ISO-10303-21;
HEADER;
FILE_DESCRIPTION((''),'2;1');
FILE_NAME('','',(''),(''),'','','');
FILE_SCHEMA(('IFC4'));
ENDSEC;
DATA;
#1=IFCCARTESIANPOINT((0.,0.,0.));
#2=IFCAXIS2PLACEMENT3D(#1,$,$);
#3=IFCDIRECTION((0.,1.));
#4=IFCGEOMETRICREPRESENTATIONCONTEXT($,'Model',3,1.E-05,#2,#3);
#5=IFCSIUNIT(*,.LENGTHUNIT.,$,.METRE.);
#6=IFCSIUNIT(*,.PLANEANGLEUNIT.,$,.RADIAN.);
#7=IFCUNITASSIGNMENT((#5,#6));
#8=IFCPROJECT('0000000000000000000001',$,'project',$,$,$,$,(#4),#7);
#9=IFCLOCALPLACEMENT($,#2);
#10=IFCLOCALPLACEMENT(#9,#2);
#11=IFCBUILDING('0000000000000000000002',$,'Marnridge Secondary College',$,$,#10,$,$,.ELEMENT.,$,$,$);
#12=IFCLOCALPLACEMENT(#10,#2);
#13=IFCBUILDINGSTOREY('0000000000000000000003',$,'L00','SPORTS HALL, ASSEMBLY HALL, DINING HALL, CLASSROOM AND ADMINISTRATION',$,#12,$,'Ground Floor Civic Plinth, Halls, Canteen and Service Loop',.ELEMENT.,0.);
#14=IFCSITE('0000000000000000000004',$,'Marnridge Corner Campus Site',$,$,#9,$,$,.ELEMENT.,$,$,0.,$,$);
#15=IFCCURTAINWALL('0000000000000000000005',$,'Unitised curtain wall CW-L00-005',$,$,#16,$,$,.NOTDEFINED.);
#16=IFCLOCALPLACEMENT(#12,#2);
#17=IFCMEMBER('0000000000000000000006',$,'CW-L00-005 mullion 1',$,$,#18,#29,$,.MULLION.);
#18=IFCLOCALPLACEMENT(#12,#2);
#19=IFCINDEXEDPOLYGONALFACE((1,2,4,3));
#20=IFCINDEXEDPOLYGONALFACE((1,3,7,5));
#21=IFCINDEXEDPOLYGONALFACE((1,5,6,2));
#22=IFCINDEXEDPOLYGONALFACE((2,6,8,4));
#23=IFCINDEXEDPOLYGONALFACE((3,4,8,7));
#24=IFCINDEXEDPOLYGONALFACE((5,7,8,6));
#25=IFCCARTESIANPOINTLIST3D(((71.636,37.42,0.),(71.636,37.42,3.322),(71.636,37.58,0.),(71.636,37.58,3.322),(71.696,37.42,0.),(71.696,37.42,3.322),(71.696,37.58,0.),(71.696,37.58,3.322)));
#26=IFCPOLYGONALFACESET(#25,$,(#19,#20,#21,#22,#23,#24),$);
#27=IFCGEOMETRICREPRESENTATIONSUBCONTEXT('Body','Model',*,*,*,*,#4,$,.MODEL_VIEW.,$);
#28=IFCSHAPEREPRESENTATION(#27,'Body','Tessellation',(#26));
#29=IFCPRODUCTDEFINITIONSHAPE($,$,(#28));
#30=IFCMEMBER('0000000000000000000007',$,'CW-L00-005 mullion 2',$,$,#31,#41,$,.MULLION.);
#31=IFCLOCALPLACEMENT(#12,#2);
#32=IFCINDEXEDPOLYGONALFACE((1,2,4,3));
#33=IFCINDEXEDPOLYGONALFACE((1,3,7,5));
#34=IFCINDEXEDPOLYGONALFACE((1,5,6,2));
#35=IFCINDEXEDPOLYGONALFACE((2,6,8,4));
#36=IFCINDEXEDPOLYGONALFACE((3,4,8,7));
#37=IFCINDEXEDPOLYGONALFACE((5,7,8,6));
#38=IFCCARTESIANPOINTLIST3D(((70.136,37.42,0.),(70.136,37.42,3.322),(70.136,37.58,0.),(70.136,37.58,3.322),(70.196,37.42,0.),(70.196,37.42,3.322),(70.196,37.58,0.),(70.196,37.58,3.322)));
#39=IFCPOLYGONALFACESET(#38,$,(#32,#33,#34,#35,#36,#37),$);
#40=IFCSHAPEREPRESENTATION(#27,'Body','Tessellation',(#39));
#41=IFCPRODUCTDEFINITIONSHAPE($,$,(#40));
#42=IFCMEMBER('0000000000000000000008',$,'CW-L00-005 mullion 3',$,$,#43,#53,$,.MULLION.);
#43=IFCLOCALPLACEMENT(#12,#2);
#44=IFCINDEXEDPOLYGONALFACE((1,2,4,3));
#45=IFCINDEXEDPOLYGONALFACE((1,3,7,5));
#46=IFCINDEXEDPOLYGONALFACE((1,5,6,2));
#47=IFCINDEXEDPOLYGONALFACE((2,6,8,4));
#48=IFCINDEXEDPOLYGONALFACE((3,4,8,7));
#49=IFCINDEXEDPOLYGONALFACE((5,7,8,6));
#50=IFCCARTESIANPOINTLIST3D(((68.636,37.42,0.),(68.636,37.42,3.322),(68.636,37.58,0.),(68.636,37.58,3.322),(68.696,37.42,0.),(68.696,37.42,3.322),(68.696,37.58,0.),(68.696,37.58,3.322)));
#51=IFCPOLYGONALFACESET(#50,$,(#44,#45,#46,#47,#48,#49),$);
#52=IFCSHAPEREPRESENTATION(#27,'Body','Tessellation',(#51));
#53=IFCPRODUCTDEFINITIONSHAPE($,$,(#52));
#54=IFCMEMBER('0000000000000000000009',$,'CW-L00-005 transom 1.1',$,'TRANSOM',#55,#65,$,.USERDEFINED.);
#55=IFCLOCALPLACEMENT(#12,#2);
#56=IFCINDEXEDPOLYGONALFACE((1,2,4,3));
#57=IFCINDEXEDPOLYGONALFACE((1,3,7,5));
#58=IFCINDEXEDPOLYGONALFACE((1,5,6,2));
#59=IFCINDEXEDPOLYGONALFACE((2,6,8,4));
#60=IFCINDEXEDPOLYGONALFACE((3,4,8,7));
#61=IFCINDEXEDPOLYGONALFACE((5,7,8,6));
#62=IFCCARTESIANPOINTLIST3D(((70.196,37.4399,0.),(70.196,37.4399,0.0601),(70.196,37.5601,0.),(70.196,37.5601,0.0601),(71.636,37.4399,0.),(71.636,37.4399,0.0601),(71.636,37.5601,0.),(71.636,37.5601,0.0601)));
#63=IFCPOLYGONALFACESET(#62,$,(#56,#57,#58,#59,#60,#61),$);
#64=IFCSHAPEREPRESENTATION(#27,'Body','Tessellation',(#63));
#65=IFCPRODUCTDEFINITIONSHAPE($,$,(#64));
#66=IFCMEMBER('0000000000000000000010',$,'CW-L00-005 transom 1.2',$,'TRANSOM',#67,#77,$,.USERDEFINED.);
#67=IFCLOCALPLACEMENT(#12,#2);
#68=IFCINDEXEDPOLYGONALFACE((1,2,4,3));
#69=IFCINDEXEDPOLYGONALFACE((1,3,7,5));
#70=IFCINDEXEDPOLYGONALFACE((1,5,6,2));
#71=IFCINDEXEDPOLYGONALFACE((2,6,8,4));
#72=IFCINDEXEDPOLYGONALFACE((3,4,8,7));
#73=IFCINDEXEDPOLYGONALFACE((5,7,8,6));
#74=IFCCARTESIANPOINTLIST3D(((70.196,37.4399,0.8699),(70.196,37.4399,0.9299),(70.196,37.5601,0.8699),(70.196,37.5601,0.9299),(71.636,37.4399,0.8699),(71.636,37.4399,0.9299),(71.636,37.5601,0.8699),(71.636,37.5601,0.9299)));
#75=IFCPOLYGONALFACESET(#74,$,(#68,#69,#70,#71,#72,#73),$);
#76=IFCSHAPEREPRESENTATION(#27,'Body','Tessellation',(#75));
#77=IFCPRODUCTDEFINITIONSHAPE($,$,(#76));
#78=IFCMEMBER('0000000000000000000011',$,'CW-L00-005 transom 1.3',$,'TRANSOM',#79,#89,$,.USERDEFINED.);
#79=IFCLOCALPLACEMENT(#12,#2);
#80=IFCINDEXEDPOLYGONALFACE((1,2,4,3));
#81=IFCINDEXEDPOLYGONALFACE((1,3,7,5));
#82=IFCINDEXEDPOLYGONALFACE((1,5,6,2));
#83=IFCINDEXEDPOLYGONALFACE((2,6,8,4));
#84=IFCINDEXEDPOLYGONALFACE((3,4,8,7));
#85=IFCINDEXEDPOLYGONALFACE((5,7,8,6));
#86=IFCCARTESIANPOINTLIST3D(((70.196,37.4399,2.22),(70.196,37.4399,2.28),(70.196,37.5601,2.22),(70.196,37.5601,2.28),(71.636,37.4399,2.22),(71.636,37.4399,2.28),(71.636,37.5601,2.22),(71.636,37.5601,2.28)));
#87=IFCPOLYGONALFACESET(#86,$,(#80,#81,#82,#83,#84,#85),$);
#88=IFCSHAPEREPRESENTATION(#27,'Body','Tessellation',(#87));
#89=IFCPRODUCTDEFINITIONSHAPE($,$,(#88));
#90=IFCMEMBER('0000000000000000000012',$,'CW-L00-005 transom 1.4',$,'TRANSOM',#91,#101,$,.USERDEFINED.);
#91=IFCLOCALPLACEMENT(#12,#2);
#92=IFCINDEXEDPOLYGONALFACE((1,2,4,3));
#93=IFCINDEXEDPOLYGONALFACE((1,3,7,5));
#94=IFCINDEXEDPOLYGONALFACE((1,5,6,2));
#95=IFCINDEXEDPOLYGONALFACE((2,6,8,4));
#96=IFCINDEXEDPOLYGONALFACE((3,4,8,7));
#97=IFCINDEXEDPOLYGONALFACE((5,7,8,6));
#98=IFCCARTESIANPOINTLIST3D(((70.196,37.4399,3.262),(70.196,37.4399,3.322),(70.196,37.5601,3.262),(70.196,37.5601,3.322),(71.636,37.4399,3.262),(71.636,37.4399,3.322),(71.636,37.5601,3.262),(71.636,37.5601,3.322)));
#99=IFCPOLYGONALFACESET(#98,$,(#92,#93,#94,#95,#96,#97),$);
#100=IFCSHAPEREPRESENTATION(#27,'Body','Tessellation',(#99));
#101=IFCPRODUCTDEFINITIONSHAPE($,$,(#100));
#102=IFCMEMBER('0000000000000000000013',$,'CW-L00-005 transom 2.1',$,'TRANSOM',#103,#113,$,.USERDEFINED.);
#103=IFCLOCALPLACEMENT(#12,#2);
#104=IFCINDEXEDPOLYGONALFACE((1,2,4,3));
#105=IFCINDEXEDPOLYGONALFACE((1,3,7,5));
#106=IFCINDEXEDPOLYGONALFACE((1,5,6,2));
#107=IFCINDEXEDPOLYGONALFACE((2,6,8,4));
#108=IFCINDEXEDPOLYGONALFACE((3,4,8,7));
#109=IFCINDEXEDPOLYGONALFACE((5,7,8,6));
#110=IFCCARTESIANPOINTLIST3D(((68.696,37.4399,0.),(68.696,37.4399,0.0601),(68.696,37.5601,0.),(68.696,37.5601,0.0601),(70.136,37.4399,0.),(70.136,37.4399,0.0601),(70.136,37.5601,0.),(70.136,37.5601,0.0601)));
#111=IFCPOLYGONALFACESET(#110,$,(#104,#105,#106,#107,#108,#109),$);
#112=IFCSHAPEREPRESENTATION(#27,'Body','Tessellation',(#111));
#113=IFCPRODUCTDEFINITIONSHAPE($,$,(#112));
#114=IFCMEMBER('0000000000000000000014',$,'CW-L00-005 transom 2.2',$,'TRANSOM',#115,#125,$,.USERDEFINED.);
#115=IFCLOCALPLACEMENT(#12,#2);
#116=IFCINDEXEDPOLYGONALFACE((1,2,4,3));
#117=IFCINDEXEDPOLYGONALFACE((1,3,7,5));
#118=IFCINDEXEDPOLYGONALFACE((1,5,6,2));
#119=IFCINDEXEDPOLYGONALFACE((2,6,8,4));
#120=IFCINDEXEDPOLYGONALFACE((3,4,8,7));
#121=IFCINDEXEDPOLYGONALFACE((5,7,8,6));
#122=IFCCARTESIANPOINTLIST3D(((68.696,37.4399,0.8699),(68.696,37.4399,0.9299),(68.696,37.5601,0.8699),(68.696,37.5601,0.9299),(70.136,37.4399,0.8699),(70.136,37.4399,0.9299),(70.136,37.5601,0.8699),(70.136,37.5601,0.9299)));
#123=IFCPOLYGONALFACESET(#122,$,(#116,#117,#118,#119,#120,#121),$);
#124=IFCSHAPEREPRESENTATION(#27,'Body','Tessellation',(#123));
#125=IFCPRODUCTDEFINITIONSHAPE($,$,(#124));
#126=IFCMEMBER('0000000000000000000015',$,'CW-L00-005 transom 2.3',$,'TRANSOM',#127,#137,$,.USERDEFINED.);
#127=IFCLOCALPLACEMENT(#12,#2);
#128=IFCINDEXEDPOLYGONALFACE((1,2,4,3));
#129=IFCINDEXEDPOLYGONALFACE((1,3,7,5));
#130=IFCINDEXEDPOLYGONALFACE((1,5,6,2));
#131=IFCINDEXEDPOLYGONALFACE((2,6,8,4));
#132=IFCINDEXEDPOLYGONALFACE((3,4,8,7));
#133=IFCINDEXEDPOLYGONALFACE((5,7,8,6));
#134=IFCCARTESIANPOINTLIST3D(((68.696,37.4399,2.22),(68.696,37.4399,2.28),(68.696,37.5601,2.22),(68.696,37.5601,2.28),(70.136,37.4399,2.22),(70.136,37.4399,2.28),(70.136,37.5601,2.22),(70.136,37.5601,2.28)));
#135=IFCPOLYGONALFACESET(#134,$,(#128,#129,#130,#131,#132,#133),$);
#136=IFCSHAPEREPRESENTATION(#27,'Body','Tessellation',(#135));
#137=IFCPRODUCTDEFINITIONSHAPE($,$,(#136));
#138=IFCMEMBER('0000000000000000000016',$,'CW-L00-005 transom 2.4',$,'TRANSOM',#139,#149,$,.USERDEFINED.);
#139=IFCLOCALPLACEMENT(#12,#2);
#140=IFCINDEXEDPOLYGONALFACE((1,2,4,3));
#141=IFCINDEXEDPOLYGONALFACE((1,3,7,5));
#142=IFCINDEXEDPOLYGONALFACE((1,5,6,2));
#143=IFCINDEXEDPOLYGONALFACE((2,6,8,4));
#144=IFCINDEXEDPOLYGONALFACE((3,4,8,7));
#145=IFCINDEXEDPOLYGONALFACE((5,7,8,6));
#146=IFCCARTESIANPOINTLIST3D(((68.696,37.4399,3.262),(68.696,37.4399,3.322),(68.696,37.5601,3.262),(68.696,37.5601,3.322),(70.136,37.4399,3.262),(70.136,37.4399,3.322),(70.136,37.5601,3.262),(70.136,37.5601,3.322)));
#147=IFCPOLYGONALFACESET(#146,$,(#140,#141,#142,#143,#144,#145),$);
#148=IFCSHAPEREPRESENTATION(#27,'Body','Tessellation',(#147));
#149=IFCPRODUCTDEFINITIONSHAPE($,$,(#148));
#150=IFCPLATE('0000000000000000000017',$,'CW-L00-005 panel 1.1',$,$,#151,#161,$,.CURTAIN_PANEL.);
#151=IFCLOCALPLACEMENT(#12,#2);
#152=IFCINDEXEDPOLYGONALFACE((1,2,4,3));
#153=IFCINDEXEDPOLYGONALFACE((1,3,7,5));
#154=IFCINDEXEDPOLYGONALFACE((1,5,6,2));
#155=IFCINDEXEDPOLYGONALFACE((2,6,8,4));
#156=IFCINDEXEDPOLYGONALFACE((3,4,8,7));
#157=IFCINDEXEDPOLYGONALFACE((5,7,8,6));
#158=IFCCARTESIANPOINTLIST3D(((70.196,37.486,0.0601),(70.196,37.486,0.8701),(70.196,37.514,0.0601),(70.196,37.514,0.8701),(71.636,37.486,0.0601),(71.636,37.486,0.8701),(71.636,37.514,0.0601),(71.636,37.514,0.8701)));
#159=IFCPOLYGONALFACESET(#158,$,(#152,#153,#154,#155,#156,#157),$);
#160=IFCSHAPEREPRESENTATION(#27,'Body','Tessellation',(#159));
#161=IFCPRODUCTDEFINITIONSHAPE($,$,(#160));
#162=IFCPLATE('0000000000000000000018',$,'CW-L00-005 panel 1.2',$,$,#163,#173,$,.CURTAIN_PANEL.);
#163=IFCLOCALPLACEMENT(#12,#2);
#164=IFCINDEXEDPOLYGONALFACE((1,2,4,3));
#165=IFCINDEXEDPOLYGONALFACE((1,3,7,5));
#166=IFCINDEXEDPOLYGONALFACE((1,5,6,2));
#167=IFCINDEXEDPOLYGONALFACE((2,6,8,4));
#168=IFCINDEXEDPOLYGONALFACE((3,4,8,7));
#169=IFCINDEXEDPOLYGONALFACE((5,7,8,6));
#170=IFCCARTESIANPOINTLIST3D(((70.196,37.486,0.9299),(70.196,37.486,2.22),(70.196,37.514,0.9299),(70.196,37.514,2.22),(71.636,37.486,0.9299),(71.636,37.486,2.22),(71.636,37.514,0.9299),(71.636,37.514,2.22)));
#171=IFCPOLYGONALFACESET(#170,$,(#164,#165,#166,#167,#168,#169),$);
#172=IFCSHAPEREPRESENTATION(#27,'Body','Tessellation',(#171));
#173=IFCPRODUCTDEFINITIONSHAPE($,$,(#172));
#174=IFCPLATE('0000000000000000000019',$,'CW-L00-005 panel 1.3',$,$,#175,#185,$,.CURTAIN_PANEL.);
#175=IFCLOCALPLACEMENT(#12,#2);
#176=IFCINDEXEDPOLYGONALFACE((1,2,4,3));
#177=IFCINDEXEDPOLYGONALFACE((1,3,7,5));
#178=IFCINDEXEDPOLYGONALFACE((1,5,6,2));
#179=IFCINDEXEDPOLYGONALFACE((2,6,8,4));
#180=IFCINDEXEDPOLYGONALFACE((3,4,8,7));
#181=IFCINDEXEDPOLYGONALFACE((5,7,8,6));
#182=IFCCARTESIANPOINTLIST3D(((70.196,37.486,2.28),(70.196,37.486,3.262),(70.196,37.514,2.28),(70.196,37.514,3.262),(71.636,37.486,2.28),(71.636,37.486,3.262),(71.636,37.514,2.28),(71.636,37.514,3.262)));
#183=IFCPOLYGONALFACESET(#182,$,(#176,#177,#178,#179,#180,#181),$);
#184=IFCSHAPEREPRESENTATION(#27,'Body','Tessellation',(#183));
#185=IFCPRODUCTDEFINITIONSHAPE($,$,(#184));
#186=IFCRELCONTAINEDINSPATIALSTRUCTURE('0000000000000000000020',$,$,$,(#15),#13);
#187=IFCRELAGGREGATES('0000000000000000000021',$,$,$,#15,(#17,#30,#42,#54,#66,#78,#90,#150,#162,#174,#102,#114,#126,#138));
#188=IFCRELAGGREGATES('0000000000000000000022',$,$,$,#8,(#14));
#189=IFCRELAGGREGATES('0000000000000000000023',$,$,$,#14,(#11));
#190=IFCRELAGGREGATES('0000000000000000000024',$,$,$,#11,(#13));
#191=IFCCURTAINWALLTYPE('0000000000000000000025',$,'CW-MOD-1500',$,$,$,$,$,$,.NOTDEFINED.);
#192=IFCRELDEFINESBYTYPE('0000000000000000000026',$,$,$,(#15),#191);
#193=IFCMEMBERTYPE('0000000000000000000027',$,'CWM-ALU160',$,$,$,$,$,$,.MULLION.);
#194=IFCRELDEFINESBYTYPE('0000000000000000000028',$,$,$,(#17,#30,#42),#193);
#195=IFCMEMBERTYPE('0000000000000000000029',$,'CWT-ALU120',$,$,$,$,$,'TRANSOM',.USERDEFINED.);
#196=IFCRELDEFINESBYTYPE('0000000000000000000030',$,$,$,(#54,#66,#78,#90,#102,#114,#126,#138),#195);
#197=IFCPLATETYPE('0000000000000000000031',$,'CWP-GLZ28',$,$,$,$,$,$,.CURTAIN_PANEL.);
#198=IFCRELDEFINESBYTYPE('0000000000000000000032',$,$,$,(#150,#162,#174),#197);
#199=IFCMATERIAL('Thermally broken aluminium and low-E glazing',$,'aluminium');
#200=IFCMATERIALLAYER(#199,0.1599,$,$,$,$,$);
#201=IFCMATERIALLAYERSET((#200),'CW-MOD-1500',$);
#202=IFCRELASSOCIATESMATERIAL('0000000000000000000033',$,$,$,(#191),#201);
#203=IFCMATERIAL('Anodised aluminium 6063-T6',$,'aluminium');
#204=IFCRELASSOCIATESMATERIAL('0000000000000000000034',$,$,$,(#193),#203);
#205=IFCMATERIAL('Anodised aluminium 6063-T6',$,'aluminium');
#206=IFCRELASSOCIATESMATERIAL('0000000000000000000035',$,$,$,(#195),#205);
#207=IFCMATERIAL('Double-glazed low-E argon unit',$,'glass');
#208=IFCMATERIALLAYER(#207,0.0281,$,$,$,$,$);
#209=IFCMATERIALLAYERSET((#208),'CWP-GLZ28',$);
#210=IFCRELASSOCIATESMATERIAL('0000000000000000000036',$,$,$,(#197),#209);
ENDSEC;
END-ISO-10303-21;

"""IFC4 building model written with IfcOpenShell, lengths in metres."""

from ifc_helpers import new_model, si_unit, direction, frame, origin, origin_2d, place, context, subcontext, project, spatial, rectangle, extrude, material, layer, layer_set, material_profile, profile_set, type_object, element, aggregate, save


model = new_model("IFC4")

# Units and contexts
model_context = context("Model", 3, precision=1e-05, world=origin(), true_north=direction((0.0, 1.0)))
body_context = subcontext(model_context, "Body", "Model", "MODEL_VIEW")
ifc_project = project(units=[si_unit("LENGTHUNIT", "METRE"), si_unit("PLANEANGLEUNIT", "RADIAN")], contexts=[model_context])

# Site, building, storey
site_placement = place(None, origin())
site = spatial("IfcSite", under=ifc_project, at=site_placement, Name="Marnridge Corner Campus Site", CompositionType="ELEMENT", RefElevation=0.0)
building_placement = place(site_placement, origin())
building = spatial("IfcBuilding", under=site, at=building_placement, Name="Marnridge Secondary College", CompositionType="ELEMENT")
storey_placement = place(building_placement, origin())
storey = spatial("IfcBuildingStorey", under=building, at=storey_placement, Name="L00", Description="SPORTS HALL, ASSEMBLY HALL, DINING HALL, CLASSROOM AND ADMINISTRATION", LongName="Ground Floor Civic Plinth, Halls, Canteen and Service Loop", CompositionType="ELEMENT", Elevation=0.0)

# Curtain wall, members, plates
ifc_material_1 = material(Name="Thermally broken aluminium and low-E glazing", Category="aluminium")
ifc_layer_1 = layer(ifc_material_1, 0.1599)
ifc_layer_set_1 = layer_set([ifc_layer_1], Name="CW-MOD-1500")
curtain_wall_type = type_object("IfcCurtainWallType", Name="CW-MOD-1500", PredefinedType="NOTDEFINED", material=ifc_layer_set_1)
curtain_wall_placement = place(storey_placement, origin())
curtain_wall = element("IfcCurtainWall", 1, at=curtain_wall_placement, inside=storey, type_object=curtain_wall_type, Name="Unitised curtain wall CW-L00-005", PredefinedType="NOTDEFINED")
ifc_material_2 = material(Name="Anodised aluminium 6063-T6", Category="aluminium")
ifc_material_profile_1 = material_profile(ifc_material_2, rectangle(XDim=0.0601, YDim=0.1599, at=origin_2d()), Name="ALU 60x160")
ifc_profile_set_1 = profile_set([ifc_material_profile_1], Name="Anodised aluminium 6063-T6")
member_type_1 = type_object("IfcMemberType", Name="CWM-ALU160", PredefinedType="MULLION", material=ifc_profile_set_1)
member_1_placement = place(storey_placement, frame((71.666, 37.5, 0.0), z_axis=(0.0, 0.0, 1.0), x_axis=(-1.0, 0.0, 0.0)))
member_1 = element("IfcMember", 2, at=member_1_placement, type_object=member_type_1, Name="CW-L00-005 mullion 1", PredefinedType="MULLION", context=body_context, shape_type="SweptSolid", body=[
    extrude(rectangle(XDim=0.0601, YDim=0.1599, at=origin_2d()), origin(), (0.0, 0.0, 1.0), 3.322),
])
member_2_placement = place(storey_placement, frame((70.166, 37.5, 0.0), z_axis=(0.0, 0.0, 1.0), x_axis=(-1.0, 0.0, 0.0)))
member_2 = element("IfcMember", 3, at=member_2_placement, type_object=member_type_1, Name="CW-L00-005 mullion 2", PredefinedType="MULLION", context=body_context, shape_type="SweptSolid", body=[
    extrude(rectangle(XDim=0.0601, YDim=0.1599, at=origin_2d()), origin(), (0.0, 0.0, 1.0), 3.322),
])
member_3_placement = place(storey_placement, frame((68.666, 37.5, 0.0), z_axis=(0.0, 0.0, 1.0), x_axis=(-1.0, 0.0, 0.0)))
member_3 = element("IfcMember", 4, at=member_3_placement, type_object=member_type_1, Name="CW-L00-005 mullion 3", PredefinedType="MULLION", context=body_context, shape_type="SweptSolid", body=[
    extrude(rectangle(XDim=0.0601, YDim=0.1599, at=origin_2d()), origin(), (0.0, 0.0, 1.0), 3.322),
])
ifc_material_3 = material(Name="Anodised aluminium 6063-T6", Category="aluminium")
ifc_material_profile_2 = material_profile(ifc_material_3, rectangle(XDim=0.0601, YDim=0.1201, at=origin_2d()), Name="ALU 60x120")
ifc_profile_set_2 = profile_set([ifc_material_profile_2], Name="Anodised aluminium 6063-T6")
member_type_2 = type_object("IfcMemberType", Name="CWT-ALU120", ElementType="TRANSOM", PredefinedType="USERDEFINED", material=ifc_profile_set_2)
member_4_placement = place(storey_placement, frame((71.636, 37.5, 0.03), z_axis=(-1.0, 0.0, 0.0), x_axis=(0.0, 0.0, 1.0)))
member_4 = element("IfcMember", 5, at=member_4_placement, type_object=member_type_2, Name="CW-L00-005 transom 1.1", ObjectType="TRANSOM", PredefinedType="USERDEFINED", context=body_context, shape_type="SweptSolid", body=[
    extrude(rectangle(XDim=0.0601, YDim=0.1201, at=origin_2d()), origin(), (0.0, 0.0, 1.0), 1.4399),
])
member_5_placement = place(storey_placement, frame((71.636, 37.5, 0.8999), z_axis=(-1.0, 0.0, 0.0), x_axis=(0.0, 0.0, 1.0)))
member_5 = element("IfcMember", 6, at=member_5_placement, type_object=member_type_2, Name="CW-L00-005 transom 1.2", ObjectType="TRANSOM", PredefinedType="USERDEFINED", context=body_context, shape_type="SweptSolid", body=[
    extrude(rectangle(XDim=0.0601, YDim=0.1201, at=origin_2d()), origin(), (0.0, 0.0, 1.0), 1.4399),
])
member_6_placement = place(storey_placement, frame((71.636, 37.5, 2.25), z_axis=(-1.0, 0.0, 0.0), x_axis=(0.0, 0.0, 1.0)))
member_6 = element("IfcMember", 7, at=member_6_placement, type_object=member_type_2, Name="CW-L00-005 transom 1.3", ObjectType="TRANSOM", PredefinedType="USERDEFINED", context=body_context, shape_type="SweptSolid", body=[
    extrude(rectangle(XDim=0.0601, YDim=0.1201, at=origin_2d()), origin(), (0.0, 0.0, 1.0), 1.4399),
])
member_7_placement = place(storey_placement, frame((71.636, 37.5, 3.292), z_axis=(-1.0, 0.0, 0.0), x_axis=(0.0, 0.0, 1.0)))
member_7 = element("IfcMember", 8, at=member_7_placement, type_object=member_type_2, Name="CW-L00-005 transom 1.4", ObjectType="TRANSOM", PredefinedType="USERDEFINED", context=body_context, shape_type="SweptSolid", body=[
    extrude(rectangle(XDim=0.0601, YDim=0.1201, at=origin_2d()), origin(), (0.0, 0.0, 1.0), 1.4399),
])
member_8_placement = place(storey_placement, frame((70.136, 37.5, 0.03), z_axis=(-1.0, 0.0, 0.0), x_axis=(0.0, 0.0, 1.0)))
member_8 = element("IfcMember", 9, at=member_8_placement, type_object=member_type_2, Name="CW-L00-005 transom 2.1", ObjectType="TRANSOM", PredefinedType="USERDEFINED", context=body_context, shape_type="SweptSolid", body=[
    extrude(rectangle(XDim=0.0601, YDim=0.1201, at=origin_2d()), origin(), (0.0, 0.0, 1.0), 1.4399),
])
member_9_placement = place(storey_placement, frame((70.136, 37.5, 0.8999), z_axis=(-1.0, 0.0, 0.0), x_axis=(0.0, 0.0, 1.0)))
member_9 = element("IfcMember", 10, at=member_9_placement, type_object=member_type_2, Name="CW-L00-005 transom 2.2", ObjectType="TRANSOM", PredefinedType="USERDEFINED", context=body_context, shape_type="SweptSolid", body=[
    extrude(rectangle(XDim=0.0601, YDim=0.1201, at=origin_2d()), origin(), (0.0, 0.0, 1.0), 1.4399),
])
member_10_placement = place(storey_placement, frame((70.136, 37.5, 2.25), z_axis=(-1.0, 0.0, 0.0), x_axis=(0.0, 0.0, 1.0)))
member_10 = element("IfcMember", 11, at=member_10_placement, type_object=member_type_2, Name="CW-L00-005 transom 2.3", ObjectType="TRANSOM", PredefinedType="USERDEFINED", context=body_context, shape_type="SweptSolid", body=[
    extrude(rectangle(XDim=0.0601, YDim=0.1201, at=origin_2d()), origin(), (0.0, 0.0, 1.0), 1.4399),
])
member_11_placement = place(storey_placement, frame((70.136, 37.5, 3.292), z_axis=(-1.0, 0.0, 0.0), x_axis=(0.0, 0.0, 1.0)))
member_11 = element("IfcMember", 12, at=member_11_placement, type_object=member_type_2, Name="CW-L00-005 transom 2.4", ObjectType="TRANSOM", PredefinedType="USERDEFINED", context=body_context, shape_type="SweptSolid", body=[
    extrude(rectangle(XDim=0.0601, YDim=0.1201, at=origin_2d()), origin(), (0.0, 0.0, 1.0), 1.4399),
])
ifc_material_4 = material(Name="Double-glazed low-E argon unit", Category="glass")
ifc_layer_2 = layer(ifc_material_4, 0.0281)
ifc_layer_set_2 = layer_set([ifc_layer_2], Name="CWP-GLZ28")
plate_type = type_object("IfcPlateType", Name="CWP-GLZ28", PredefinedType="CURTAIN_PANEL", material=ifc_layer_set_2)
plate_1_placement = place(storey_placement, frame((70.916, 37.5, 0.0601), z_axis=(0.0, 0.0, 1.0), x_axis=(-1.0, 0.0, 0.0)))
plate_1 = element("IfcPlate", 13, at=plate_1_placement, type_object=plate_type, Name="CW-L00-005 panel 1.1", PredefinedType="CURTAIN_PANEL", context=body_context, shape_type="SweptSolid", body=[
    extrude(rectangle(XDim=1.4399, YDim=0.0281, at=origin_2d()), origin(), (0.0, 0.0, 1.0), 0.8101),
])
plate_2_placement = place(storey_placement, frame((70.916, 37.5, 0.9299), z_axis=(0.0, 0.0, 1.0), x_axis=(-1.0, 0.0, 0.0)))
plate_2 = element("IfcPlate", 14, at=plate_2_placement, type_object=plate_type, Name="CW-L00-005 panel 1.2", PredefinedType="CURTAIN_PANEL", context=body_context, shape_type="SweptSolid", body=[
    extrude(rectangle(XDim=1.4399, YDim=0.0281, at=origin_2d()), origin(), (0.0, 0.0, 1.0), 1.29),
])
plate_3_placement = place(storey_placement, frame((70.916, 37.5, 2.28), z_axis=(0.0, 0.0, 1.0), x_axis=(-1.0, 0.0, 0.0)))
plate_3 = element("IfcPlate", 15, at=plate_3_placement, type_object=plate_type, Name="CW-L00-005 panel 1.3", PredefinedType="CURTAIN_PANEL", context=body_context, shape_type="SweptSolid", body=[
    extrude(rectangle(XDim=1.4399, YDim=0.0281, at=origin_2d()), origin(), (0.0, 0.0, 1.0), 0.9819),
])
aggregate(curtain_wall, [member_1, member_2, member_3, member_4, member_5, member_6, member_7, plate_1, plate_2, plate_3, member_8, member_9, member_10, member_11])

save(model, "model.ifc")
